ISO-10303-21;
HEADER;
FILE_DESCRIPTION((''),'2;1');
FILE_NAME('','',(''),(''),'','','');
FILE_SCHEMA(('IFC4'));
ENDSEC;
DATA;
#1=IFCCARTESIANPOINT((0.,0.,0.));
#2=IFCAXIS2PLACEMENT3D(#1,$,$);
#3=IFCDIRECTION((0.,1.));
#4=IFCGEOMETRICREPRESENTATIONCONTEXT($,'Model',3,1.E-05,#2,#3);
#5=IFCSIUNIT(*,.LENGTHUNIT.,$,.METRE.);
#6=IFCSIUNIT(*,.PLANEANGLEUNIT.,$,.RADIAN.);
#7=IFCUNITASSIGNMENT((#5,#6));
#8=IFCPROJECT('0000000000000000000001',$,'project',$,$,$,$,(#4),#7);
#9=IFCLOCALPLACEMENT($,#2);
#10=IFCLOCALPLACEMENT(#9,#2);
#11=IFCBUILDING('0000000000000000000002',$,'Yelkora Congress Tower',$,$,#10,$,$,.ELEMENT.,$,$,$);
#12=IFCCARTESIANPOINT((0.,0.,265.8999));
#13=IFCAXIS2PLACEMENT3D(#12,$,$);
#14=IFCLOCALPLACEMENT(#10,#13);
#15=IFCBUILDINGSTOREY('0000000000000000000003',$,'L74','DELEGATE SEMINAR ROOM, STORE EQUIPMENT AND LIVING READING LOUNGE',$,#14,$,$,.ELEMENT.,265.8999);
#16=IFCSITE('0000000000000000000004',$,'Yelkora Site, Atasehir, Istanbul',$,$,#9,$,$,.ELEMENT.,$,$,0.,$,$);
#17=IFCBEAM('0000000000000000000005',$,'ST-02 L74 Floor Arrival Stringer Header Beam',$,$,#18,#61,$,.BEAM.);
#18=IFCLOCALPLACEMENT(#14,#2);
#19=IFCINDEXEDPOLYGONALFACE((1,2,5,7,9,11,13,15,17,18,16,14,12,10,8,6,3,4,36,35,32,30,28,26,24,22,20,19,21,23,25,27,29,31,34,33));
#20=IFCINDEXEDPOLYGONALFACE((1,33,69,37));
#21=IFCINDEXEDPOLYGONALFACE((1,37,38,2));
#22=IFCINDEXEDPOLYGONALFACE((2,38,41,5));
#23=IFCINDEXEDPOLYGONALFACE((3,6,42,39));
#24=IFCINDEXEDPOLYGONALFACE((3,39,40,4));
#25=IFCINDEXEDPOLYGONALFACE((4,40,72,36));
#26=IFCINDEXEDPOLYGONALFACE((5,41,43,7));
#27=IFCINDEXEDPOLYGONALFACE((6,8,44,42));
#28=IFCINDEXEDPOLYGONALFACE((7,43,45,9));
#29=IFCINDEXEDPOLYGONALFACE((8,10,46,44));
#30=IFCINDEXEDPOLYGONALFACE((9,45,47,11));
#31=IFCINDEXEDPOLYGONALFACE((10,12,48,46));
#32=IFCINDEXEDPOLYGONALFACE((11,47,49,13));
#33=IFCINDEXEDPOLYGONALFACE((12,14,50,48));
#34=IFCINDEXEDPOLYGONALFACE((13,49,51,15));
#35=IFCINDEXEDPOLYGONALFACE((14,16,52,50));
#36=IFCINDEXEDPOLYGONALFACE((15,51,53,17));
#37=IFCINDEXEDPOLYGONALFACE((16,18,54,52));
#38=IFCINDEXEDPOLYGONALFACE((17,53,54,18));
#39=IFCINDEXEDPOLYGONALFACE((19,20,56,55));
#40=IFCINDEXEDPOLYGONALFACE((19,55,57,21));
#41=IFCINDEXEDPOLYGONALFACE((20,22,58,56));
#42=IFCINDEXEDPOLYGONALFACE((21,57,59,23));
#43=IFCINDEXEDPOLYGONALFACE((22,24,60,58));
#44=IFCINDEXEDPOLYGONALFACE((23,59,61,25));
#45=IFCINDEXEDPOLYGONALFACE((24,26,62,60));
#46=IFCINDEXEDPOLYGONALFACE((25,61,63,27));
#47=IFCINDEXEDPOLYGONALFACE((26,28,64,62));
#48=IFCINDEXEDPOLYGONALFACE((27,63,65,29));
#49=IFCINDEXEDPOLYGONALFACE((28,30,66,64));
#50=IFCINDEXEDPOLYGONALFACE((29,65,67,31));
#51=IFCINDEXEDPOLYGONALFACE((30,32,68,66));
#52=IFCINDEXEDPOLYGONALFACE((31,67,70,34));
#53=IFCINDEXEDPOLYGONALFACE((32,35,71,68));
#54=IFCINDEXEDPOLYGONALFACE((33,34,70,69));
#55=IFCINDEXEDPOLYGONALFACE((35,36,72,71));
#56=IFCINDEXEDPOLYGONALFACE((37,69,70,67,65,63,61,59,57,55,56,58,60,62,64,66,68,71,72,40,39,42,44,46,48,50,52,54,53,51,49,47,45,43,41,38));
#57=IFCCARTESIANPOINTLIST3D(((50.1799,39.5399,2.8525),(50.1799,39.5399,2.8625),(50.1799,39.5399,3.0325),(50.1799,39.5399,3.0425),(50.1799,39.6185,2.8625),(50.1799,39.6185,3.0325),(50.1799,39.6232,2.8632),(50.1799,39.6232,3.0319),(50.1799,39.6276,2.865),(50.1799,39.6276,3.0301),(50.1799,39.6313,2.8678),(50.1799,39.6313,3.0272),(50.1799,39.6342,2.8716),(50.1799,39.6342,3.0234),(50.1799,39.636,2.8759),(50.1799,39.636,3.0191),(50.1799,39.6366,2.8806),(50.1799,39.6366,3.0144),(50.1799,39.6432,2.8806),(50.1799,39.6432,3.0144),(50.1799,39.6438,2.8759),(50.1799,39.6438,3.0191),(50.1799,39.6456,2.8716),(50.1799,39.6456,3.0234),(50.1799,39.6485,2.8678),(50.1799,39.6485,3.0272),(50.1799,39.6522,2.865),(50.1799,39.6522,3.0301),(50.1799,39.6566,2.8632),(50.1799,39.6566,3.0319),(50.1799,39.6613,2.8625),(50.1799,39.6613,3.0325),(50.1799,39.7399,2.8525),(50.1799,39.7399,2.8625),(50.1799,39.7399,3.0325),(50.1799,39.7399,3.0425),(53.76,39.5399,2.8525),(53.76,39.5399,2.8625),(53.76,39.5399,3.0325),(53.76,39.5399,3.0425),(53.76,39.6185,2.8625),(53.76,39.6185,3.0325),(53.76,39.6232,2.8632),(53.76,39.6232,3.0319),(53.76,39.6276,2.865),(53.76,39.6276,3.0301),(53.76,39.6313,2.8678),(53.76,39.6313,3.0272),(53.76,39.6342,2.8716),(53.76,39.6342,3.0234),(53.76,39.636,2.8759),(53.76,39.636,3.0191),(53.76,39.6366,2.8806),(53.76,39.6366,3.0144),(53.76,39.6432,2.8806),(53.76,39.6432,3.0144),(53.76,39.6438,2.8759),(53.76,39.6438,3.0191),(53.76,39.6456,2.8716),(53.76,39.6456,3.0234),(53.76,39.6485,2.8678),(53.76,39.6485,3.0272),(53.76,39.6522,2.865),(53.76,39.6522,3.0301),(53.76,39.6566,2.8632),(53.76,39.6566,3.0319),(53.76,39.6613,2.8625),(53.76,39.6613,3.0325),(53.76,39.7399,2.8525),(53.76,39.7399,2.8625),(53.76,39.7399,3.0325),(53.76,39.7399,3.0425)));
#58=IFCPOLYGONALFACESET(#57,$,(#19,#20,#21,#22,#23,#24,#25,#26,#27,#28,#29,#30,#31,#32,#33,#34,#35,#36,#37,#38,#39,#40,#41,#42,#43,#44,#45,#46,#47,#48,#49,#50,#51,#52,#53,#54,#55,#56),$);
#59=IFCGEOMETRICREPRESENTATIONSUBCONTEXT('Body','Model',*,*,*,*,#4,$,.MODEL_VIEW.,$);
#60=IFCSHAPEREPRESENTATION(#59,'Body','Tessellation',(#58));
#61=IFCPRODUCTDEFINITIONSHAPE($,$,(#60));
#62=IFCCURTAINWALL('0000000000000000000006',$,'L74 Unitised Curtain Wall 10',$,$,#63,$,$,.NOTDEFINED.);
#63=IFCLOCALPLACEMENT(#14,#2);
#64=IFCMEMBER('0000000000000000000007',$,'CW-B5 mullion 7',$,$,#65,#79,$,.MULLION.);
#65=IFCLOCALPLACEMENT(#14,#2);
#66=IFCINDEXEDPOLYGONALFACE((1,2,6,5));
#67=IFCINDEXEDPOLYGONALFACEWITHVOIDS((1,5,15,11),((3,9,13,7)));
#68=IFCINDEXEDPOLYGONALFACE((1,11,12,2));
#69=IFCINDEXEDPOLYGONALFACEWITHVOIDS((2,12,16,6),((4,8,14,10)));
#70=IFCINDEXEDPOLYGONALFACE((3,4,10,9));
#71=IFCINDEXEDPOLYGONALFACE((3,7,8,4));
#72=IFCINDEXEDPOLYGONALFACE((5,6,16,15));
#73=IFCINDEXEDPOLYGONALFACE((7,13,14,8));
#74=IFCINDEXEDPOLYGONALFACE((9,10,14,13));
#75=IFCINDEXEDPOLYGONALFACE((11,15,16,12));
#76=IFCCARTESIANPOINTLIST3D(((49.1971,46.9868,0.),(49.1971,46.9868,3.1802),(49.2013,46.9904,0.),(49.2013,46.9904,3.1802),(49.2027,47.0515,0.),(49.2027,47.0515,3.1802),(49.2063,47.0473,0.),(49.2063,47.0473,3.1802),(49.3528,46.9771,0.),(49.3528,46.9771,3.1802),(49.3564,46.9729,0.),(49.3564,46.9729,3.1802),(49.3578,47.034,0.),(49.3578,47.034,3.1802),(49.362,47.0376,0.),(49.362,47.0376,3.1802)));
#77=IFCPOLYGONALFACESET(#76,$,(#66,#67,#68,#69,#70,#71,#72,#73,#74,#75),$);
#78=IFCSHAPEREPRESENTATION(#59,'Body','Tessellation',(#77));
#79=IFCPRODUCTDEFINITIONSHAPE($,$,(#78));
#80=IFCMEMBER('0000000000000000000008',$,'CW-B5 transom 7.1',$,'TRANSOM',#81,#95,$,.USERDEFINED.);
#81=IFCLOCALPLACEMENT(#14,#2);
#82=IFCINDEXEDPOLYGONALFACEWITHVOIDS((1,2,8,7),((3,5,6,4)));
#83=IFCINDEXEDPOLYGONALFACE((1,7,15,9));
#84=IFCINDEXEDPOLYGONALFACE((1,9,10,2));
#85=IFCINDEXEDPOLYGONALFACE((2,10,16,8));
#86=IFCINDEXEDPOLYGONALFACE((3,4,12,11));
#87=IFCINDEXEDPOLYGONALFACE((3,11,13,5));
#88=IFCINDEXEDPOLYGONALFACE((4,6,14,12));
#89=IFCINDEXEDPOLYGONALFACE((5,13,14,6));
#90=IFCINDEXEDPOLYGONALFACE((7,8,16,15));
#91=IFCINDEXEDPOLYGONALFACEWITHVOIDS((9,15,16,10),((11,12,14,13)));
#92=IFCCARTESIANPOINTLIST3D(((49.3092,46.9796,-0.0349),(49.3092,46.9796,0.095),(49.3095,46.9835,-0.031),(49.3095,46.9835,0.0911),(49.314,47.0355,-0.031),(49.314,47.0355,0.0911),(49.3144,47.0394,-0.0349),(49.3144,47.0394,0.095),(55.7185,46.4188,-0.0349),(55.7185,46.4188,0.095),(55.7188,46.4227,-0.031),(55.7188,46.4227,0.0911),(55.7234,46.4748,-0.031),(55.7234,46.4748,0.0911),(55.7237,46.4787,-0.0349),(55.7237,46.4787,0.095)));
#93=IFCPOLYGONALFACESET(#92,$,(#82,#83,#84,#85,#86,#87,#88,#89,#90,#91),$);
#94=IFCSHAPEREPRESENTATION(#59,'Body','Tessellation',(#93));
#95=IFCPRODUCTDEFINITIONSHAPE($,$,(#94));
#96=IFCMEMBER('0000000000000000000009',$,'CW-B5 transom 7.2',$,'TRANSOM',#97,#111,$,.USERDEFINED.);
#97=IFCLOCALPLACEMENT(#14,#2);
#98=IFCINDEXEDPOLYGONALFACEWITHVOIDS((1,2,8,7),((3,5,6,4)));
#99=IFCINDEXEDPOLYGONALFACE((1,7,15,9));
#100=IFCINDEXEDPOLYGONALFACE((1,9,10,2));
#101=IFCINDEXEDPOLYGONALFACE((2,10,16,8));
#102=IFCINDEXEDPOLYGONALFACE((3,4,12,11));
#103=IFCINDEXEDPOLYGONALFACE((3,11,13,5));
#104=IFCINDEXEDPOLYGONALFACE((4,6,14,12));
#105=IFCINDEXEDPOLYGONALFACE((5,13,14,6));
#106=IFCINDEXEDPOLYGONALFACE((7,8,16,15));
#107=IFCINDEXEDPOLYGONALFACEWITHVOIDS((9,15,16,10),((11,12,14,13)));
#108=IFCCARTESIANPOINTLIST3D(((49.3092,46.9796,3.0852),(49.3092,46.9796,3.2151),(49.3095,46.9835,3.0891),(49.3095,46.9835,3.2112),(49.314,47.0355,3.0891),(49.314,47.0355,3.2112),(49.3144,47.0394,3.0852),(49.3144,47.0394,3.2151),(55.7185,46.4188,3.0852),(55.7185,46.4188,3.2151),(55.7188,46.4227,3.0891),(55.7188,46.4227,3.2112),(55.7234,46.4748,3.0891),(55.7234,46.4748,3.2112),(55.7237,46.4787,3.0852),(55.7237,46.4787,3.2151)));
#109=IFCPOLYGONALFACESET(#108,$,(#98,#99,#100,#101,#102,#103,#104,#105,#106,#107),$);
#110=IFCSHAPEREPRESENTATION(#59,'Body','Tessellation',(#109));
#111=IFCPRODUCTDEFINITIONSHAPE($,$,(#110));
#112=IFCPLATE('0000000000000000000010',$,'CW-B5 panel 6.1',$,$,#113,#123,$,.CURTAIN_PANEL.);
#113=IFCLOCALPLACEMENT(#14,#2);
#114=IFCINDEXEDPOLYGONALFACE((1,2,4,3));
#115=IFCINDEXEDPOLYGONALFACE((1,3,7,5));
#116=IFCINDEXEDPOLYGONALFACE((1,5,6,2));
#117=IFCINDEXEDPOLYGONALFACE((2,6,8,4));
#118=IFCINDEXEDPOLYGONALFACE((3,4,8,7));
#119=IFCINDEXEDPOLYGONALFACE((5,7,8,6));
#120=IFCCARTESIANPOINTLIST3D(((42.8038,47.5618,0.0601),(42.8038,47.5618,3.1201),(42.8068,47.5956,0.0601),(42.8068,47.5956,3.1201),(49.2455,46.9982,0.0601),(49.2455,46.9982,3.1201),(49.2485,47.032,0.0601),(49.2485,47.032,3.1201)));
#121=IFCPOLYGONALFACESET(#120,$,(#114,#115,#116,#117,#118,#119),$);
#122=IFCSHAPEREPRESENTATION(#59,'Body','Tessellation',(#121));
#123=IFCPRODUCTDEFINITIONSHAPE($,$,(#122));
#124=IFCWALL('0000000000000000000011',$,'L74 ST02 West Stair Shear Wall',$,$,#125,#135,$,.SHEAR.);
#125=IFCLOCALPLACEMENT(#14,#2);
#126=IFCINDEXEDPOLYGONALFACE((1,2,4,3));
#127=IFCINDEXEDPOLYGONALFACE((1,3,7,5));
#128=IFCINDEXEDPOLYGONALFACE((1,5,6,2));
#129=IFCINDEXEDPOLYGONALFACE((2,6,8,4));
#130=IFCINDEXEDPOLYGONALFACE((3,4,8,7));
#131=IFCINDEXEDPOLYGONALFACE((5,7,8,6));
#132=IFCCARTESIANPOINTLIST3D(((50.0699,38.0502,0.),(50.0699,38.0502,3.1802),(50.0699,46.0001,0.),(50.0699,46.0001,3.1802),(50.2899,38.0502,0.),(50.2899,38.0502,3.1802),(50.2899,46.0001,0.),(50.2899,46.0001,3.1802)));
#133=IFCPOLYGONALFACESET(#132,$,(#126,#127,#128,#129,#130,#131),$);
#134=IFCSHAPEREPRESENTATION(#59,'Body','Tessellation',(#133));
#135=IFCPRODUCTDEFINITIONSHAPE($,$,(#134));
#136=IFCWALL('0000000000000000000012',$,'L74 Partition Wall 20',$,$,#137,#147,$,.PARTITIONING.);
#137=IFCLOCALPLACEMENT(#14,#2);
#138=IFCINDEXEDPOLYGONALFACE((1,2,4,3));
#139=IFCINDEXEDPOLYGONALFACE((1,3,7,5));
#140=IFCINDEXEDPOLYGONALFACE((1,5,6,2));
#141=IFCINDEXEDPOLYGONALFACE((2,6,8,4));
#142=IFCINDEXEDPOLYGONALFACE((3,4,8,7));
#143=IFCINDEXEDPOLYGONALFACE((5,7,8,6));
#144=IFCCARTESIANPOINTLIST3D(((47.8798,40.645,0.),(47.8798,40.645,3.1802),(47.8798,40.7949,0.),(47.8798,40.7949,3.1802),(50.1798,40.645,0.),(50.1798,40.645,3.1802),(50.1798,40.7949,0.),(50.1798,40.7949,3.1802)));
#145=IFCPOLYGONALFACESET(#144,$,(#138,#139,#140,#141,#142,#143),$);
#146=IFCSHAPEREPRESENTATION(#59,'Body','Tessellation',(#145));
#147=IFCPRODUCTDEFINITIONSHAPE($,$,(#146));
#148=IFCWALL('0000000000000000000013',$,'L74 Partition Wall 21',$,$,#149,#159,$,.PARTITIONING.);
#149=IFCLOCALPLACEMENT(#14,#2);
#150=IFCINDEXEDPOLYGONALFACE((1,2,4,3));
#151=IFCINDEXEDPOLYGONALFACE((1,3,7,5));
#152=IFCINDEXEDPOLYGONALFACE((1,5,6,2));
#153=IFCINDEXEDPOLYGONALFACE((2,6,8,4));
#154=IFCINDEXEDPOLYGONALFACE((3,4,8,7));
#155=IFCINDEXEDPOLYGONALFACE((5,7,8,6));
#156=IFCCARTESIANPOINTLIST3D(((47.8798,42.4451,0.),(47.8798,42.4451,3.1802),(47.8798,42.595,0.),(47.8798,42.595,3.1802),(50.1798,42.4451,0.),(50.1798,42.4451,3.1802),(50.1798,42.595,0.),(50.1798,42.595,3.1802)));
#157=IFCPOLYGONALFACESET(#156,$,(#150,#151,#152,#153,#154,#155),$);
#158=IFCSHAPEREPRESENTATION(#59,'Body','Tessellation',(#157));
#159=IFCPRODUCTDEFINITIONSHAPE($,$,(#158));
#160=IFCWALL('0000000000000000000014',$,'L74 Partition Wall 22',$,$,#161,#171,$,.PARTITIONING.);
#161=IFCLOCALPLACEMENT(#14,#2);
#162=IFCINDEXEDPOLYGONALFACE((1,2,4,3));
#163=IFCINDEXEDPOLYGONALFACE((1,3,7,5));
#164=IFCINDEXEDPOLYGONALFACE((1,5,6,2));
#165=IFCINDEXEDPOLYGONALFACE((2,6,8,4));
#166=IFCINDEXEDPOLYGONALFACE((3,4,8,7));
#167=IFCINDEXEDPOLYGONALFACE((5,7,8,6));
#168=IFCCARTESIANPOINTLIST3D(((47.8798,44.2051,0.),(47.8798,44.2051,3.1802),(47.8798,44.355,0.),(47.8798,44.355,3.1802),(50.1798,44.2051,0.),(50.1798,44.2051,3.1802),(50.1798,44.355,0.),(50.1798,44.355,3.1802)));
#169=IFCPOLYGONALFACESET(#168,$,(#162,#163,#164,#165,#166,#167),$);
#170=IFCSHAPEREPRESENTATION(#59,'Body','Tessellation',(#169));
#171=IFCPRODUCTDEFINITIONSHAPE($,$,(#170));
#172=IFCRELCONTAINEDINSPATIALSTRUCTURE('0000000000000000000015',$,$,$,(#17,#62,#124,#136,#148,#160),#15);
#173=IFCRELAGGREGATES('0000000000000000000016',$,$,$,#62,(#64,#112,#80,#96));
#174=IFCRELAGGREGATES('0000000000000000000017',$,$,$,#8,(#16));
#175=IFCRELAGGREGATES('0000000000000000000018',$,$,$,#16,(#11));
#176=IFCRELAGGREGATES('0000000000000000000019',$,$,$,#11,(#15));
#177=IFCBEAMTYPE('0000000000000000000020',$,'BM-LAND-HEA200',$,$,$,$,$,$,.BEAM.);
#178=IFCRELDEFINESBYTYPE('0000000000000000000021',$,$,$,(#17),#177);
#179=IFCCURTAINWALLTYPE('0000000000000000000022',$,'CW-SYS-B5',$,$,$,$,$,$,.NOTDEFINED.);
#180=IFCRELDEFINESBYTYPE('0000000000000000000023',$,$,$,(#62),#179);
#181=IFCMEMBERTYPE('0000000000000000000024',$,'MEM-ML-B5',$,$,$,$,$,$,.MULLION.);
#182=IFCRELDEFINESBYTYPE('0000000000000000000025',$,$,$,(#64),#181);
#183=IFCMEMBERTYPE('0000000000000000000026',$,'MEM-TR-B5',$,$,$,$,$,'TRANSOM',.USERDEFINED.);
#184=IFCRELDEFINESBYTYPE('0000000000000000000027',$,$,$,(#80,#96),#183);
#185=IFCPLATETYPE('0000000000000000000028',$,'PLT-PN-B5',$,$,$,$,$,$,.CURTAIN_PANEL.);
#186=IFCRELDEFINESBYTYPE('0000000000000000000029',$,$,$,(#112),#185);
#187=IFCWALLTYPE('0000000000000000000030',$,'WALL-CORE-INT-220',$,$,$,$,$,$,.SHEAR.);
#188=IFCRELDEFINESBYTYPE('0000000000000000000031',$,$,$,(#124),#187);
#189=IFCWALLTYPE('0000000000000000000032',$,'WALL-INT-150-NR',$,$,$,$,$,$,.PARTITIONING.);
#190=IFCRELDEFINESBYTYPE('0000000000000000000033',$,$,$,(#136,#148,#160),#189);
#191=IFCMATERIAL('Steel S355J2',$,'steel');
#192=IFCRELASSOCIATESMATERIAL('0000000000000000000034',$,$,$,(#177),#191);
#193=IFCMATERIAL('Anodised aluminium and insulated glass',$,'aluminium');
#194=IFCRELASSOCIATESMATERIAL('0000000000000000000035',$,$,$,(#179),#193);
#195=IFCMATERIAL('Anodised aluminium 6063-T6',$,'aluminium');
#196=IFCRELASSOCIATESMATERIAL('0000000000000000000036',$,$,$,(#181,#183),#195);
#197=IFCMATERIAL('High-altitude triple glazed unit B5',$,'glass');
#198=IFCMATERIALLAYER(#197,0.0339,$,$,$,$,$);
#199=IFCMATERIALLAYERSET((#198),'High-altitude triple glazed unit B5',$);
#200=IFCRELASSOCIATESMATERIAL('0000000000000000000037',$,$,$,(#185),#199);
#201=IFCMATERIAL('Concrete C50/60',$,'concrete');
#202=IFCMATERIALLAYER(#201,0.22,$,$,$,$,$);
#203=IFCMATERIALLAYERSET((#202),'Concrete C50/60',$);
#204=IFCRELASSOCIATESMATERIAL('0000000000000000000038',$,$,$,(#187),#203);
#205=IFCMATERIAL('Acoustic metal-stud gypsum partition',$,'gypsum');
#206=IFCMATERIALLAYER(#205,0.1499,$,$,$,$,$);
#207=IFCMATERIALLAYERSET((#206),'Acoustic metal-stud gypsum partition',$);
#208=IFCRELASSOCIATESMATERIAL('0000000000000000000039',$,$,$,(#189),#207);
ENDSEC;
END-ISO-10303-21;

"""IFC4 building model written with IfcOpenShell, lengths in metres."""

from ifc_helpers import new_model, si_unit, direction, frame, frame_2d, origin, origin_2d, place, context, subcontext, project, spatial, rectangle, hollow_rectangle, i_section, extrude, material, layer, layer_set, material_profile, profile_set, type_object, element, aggregate, save


model = new_model("IFC4")

# Units and contexts
model_context = context("Model", 3, precision=1e-05, world=origin(), true_north=direction((0.0, 1.0)))
body_context = subcontext(model_context, "Body", "Model", "MODEL_VIEW")
ifc_project = project(units=[si_unit("LENGTHUNIT", "METRE"), si_unit("PLANEANGLEUNIT", "RADIAN")], contexts=[model_context])

# Site, building, storey
site_placement = place(None, origin())
site = spatial("IfcSite", under=ifc_project, at=site_placement, Name="Yelkora Site, Atasehir, Istanbul", CompositionType="ELEMENT", RefElevation=0.0)
building_placement = place(site_placement, origin())
building = spatial("IfcBuilding", under=site, at=building_placement, Name="Yelkora Congress Tower", CompositionType="ELEMENT")
storey_placement = place(building_placement, frame((0.0, 0.0, 265.8999)))
storey = spatial("IfcBuildingStorey", under=building, at=storey_placement, Name="L74", Description="DELEGATE SEMINAR ROOM, STORE EQUIPMENT AND LIVING READING LOUNGE", CompositionType="ELEMENT", Elevation=265.8999)

# Beam
ifc_material_1 = material(Name="Steel S355J2", Category="steel")
ifc_material_profile_1 = material_profile(ifc_material_1, i_section(OverallWidth=0.2, OverallDepth=0.1899, WebThickness=0.0066, FlangeThickness=0.01, FilletRadius=0.0181, at=origin_2d()), Name="HEA 200")
ifc_profile_set_1 = profile_set([ifc_material_profile_1], Name="Steel S355J2")
beam_type_1 = type_object("IfcBeamType", Name="BM-LAND-HEA200", PredefinedType="BEAM", material=ifc_profile_set_1)
beam_1_placement = place(storey_placement, frame((50.1799, 39.6399, 2.9475), z_axis=(1.0, 0.0, 0.0), x_axis=(0.0, 1.0, 0.0)))
element("IfcBeam", 1, at=beam_1_placement, inside=storey, type_object=beam_type_1, Name="ST-02 L74 Floor Arrival Stringer Header Beam", PredefinedType="BEAM", context=body_context, shape_type="SweptSolid", body=[
    extrude(i_section(OverallWidth=0.2, OverallDepth=0.1899, WebThickness=0.0066, FlangeThickness=0.01, FilletRadius=0.0181, at=origin_2d()), origin(), (0.0, 0.0, 1.0), 3.5801),
])

# Curtain wall, members, plate
ifc_material_2 = material(Name="Anodised aluminium and insulated glass", Category="aluminium")
curtain_wall_type = type_object("IfcCurtainWallType", Name="CW-SYS-B5", PredefinedType="NOTDEFINED", material=ifc_material_2)
curtain_wall_placement = place(storey_placement, origin())
curtain_wall = element("IfcCurtainWall", 2, at=curtain_wall_placement, inside=storey, type_object=curtain_wall_type, Name="L74 Unitised Curtain Wall 10", PredefinedType="NOTDEFINED")
ifc_material_3 = material(Name="Anodised aluminium 6063-T6", Category="aluminium")
ifc_material_profile_2 = material_profile(ifc_material_3, hollow_rectangle(XDim=0.0649, YDim=0.1599, WallThickness=0.0039, at=origin_2d()), Name="ALU 65x160x4")
ifc_profile_set_2 = profile_set([ifc_material_profile_2], Name="Anodised aluminium 6063-T6")
member_type_1 = type_object("IfcMemberType", Name="MEM-ML-B5", PredefinedType="MULLION", material=ifc_profile_set_2)
member_1_placement = place(storey_placement, frame((49.2795, 47.0122, 0.0), z_axis=(0.0, 0.0, 1.0), x_axis=(0.087157, 0.996195, 0.0)))
member_1 = element("IfcMember", 3, at=member_1_placement, type_object=member_type_1, Name="CW-B5 mullion 7", PredefinedType="MULLION", context=body_context, shape_type="SweptSolid", body=[
    extrude(hollow_rectangle(XDim=0.0649, YDim=0.1599, WallThickness=0.0039, at=origin_2d()), origin(), (0.0, 0.0, 1.0), 3.1802),
])
ifc_material_profile_3 = material_profile(ifc_material_3, hollow_rectangle(XDim=0.0601, YDim=0.1299, WallThickness=0.0039, at=origin_2d()), Name="ALU 60x130x4")
ifc_profile_set_3 = profile_set([ifc_material_profile_3], Name="Anodised aluminium 6063-T6")
member_type_2 = type_object("IfcMemberType", Name="MEM-TR-B5", ElementType="TRANSOM", PredefinedType="USERDEFINED", material=ifc_profile_set_3)
member_2_placement = place(storey_placement, frame((49.3118, 47.0095, 0.03), z_axis=(0.996194, -0.087162, 0.0), x_axis=(0.087162, 0.996194, 0.0)))
member_2 = element("IfcMember", 4, at=member_2_placement, type_object=member_type_2, Name="CW-B5 transom 7.1", ObjectType="TRANSOM", PredefinedType="USERDEFINED", context=body_context, shape_type="SweptSolid", body=[
    extrude(hollow_rectangle(XDim=0.0601, YDim=0.1299, WallThickness=0.0039, at=origin_2d()), origin(), (0.0, 0.0, 1.0), 6.4338),
])
member_3_placement = place(storey_placement, frame((49.3118, 47.0095, 3.1501), z_axis=(0.996194, -0.087162, 0.0), x_axis=(0.087162, 0.996194, 0.0)))
member_3 = element("IfcMember", 5, at=member_3_placement, type_object=member_type_2, Name="CW-B5 transom 7.2", ObjectType="TRANSOM", PredefinedType="USERDEFINED", context=body_context, shape_type="SweptSolid", body=[
    extrude(hollow_rectangle(XDim=0.0601, YDim=0.1299, WallThickness=0.0039, at=origin_2d()), origin(), (0.0, 0.0, 1.0), 6.4338),
])
ifc_material_4 = material(Name="High-altitude triple glazed unit B5", Category="glass")
ifc_layer_1 = layer(ifc_material_4, 0.0339)
ifc_layer_set_1 = layer_set([ifc_layer_1], Name="High-altitude triple glazed unit B5")
plate_type = type_object("IfcPlateType", Name="PLT-PN-B5", PredefinedType="CURTAIN_PANEL", material=ifc_layer_set_1)
plate_placement = place(storey_placement, frame((46.0261, 47.2969, 0.0601), z_axis=(0.0, 0.0, 1.0), x_axis=(0.996195, -0.087157, 0.0)))
plate = element("IfcPlate", 6, at=plate_placement, type_object=plate_type, Name="CW-B5 panel 6.1", PredefinedType="CURTAIN_PANEL", context=body_context, shape_type="SweptSolid", body=[
    extrude(rectangle(XDim=6.4663, YDim=0.0339, at=origin_2d()), origin(), (0.0, 0.0, 1.0), 3.0601),
])
aggregate(curtain_wall, [member_1, plate, member_2, member_3])

# Walls
ifc_material_5 = material(Name="Concrete C50/60", Category="concrete")
ifc_layer_2 = layer(ifc_material_5, 0.22)
ifc_layer_set_2 = layer_set([ifc_layer_2], Name="Concrete C50/60")
wall_type_1 = type_object("IfcWallType", Name="WALL-CORE-INT-220", PredefinedType="SHEAR", material=ifc_layer_set_2)
wall_1_placement = place(storey_placement, frame((50.1799, 38.05, 0.0), z_axis=(0.0, 0.0, 1.0), x_axis=(0.0, 1.0, 0.0)))
element("IfcWall", 7, at=wall_1_placement, inside=storey, type_object=wall_type_1, Name="L74 ST02 West Stair Shear Wall", PredefinedType="SHEAR", context=body_context, shape_type="SweptSolid", body=[
    extrude(rectangle(XDim=7.95, YDim=0.22, at=frame_2d((3.9751, 0.0))), origin(), (0.0, 0.0, 1.0), 3.1802),
])
ifc_material_6 = material(Name="Acoustic metal-stud gypsum partition", Category="gypsum")
ifc_layer_3 = layer(ifc_material_6, 0.1499)
ifc_layer_set_3 = layer_set([ifc_layer_3], Name="Acoustic metal-stud gypsum partition")
wall_type_2 = type_object("IfcWallType", Name="WALL-INT-150-NR", PredefinedType="PARTITIONING", material=ifc_layer_set_3)
for number, where, z_axis, x_axis, name in (
    (8, (47.8799, 40.72, 0.0), (0.0, 0.0, 1.0), (1.0, 0.0, 0.0), "L74 Partition Wall 20"),
    (9, (47.8799, 42.52, 0.0), (0.0, 0.0, 1.0), (1.0, 0.0, 0.0), "L74 Partition Wall 21"),
    (10, (47.8799, 44.28, 0.0), (0.0, 0.0, 1.0), (1.0, 0.0, 0.0), "L74 Partition Wall 22"),
):
    element("IfcWall", number, at=place(storey_placement, frame(where, z_axis=z_axis, x_axis=x_axis)), inside=storey, type_object=wall_type_2, Name=name, PredefinedType="PARTITIONING", context=body_context, shape_type="SweptSolid", body=[
        extrude(rectangle(XDim=2.3, YDim=0.1499, at=frame_2d((1.1499, 0.0))), origin(), (0.0, 0.0, 1.0), 3.1802),
    ])

save(model, "model.ifc")
